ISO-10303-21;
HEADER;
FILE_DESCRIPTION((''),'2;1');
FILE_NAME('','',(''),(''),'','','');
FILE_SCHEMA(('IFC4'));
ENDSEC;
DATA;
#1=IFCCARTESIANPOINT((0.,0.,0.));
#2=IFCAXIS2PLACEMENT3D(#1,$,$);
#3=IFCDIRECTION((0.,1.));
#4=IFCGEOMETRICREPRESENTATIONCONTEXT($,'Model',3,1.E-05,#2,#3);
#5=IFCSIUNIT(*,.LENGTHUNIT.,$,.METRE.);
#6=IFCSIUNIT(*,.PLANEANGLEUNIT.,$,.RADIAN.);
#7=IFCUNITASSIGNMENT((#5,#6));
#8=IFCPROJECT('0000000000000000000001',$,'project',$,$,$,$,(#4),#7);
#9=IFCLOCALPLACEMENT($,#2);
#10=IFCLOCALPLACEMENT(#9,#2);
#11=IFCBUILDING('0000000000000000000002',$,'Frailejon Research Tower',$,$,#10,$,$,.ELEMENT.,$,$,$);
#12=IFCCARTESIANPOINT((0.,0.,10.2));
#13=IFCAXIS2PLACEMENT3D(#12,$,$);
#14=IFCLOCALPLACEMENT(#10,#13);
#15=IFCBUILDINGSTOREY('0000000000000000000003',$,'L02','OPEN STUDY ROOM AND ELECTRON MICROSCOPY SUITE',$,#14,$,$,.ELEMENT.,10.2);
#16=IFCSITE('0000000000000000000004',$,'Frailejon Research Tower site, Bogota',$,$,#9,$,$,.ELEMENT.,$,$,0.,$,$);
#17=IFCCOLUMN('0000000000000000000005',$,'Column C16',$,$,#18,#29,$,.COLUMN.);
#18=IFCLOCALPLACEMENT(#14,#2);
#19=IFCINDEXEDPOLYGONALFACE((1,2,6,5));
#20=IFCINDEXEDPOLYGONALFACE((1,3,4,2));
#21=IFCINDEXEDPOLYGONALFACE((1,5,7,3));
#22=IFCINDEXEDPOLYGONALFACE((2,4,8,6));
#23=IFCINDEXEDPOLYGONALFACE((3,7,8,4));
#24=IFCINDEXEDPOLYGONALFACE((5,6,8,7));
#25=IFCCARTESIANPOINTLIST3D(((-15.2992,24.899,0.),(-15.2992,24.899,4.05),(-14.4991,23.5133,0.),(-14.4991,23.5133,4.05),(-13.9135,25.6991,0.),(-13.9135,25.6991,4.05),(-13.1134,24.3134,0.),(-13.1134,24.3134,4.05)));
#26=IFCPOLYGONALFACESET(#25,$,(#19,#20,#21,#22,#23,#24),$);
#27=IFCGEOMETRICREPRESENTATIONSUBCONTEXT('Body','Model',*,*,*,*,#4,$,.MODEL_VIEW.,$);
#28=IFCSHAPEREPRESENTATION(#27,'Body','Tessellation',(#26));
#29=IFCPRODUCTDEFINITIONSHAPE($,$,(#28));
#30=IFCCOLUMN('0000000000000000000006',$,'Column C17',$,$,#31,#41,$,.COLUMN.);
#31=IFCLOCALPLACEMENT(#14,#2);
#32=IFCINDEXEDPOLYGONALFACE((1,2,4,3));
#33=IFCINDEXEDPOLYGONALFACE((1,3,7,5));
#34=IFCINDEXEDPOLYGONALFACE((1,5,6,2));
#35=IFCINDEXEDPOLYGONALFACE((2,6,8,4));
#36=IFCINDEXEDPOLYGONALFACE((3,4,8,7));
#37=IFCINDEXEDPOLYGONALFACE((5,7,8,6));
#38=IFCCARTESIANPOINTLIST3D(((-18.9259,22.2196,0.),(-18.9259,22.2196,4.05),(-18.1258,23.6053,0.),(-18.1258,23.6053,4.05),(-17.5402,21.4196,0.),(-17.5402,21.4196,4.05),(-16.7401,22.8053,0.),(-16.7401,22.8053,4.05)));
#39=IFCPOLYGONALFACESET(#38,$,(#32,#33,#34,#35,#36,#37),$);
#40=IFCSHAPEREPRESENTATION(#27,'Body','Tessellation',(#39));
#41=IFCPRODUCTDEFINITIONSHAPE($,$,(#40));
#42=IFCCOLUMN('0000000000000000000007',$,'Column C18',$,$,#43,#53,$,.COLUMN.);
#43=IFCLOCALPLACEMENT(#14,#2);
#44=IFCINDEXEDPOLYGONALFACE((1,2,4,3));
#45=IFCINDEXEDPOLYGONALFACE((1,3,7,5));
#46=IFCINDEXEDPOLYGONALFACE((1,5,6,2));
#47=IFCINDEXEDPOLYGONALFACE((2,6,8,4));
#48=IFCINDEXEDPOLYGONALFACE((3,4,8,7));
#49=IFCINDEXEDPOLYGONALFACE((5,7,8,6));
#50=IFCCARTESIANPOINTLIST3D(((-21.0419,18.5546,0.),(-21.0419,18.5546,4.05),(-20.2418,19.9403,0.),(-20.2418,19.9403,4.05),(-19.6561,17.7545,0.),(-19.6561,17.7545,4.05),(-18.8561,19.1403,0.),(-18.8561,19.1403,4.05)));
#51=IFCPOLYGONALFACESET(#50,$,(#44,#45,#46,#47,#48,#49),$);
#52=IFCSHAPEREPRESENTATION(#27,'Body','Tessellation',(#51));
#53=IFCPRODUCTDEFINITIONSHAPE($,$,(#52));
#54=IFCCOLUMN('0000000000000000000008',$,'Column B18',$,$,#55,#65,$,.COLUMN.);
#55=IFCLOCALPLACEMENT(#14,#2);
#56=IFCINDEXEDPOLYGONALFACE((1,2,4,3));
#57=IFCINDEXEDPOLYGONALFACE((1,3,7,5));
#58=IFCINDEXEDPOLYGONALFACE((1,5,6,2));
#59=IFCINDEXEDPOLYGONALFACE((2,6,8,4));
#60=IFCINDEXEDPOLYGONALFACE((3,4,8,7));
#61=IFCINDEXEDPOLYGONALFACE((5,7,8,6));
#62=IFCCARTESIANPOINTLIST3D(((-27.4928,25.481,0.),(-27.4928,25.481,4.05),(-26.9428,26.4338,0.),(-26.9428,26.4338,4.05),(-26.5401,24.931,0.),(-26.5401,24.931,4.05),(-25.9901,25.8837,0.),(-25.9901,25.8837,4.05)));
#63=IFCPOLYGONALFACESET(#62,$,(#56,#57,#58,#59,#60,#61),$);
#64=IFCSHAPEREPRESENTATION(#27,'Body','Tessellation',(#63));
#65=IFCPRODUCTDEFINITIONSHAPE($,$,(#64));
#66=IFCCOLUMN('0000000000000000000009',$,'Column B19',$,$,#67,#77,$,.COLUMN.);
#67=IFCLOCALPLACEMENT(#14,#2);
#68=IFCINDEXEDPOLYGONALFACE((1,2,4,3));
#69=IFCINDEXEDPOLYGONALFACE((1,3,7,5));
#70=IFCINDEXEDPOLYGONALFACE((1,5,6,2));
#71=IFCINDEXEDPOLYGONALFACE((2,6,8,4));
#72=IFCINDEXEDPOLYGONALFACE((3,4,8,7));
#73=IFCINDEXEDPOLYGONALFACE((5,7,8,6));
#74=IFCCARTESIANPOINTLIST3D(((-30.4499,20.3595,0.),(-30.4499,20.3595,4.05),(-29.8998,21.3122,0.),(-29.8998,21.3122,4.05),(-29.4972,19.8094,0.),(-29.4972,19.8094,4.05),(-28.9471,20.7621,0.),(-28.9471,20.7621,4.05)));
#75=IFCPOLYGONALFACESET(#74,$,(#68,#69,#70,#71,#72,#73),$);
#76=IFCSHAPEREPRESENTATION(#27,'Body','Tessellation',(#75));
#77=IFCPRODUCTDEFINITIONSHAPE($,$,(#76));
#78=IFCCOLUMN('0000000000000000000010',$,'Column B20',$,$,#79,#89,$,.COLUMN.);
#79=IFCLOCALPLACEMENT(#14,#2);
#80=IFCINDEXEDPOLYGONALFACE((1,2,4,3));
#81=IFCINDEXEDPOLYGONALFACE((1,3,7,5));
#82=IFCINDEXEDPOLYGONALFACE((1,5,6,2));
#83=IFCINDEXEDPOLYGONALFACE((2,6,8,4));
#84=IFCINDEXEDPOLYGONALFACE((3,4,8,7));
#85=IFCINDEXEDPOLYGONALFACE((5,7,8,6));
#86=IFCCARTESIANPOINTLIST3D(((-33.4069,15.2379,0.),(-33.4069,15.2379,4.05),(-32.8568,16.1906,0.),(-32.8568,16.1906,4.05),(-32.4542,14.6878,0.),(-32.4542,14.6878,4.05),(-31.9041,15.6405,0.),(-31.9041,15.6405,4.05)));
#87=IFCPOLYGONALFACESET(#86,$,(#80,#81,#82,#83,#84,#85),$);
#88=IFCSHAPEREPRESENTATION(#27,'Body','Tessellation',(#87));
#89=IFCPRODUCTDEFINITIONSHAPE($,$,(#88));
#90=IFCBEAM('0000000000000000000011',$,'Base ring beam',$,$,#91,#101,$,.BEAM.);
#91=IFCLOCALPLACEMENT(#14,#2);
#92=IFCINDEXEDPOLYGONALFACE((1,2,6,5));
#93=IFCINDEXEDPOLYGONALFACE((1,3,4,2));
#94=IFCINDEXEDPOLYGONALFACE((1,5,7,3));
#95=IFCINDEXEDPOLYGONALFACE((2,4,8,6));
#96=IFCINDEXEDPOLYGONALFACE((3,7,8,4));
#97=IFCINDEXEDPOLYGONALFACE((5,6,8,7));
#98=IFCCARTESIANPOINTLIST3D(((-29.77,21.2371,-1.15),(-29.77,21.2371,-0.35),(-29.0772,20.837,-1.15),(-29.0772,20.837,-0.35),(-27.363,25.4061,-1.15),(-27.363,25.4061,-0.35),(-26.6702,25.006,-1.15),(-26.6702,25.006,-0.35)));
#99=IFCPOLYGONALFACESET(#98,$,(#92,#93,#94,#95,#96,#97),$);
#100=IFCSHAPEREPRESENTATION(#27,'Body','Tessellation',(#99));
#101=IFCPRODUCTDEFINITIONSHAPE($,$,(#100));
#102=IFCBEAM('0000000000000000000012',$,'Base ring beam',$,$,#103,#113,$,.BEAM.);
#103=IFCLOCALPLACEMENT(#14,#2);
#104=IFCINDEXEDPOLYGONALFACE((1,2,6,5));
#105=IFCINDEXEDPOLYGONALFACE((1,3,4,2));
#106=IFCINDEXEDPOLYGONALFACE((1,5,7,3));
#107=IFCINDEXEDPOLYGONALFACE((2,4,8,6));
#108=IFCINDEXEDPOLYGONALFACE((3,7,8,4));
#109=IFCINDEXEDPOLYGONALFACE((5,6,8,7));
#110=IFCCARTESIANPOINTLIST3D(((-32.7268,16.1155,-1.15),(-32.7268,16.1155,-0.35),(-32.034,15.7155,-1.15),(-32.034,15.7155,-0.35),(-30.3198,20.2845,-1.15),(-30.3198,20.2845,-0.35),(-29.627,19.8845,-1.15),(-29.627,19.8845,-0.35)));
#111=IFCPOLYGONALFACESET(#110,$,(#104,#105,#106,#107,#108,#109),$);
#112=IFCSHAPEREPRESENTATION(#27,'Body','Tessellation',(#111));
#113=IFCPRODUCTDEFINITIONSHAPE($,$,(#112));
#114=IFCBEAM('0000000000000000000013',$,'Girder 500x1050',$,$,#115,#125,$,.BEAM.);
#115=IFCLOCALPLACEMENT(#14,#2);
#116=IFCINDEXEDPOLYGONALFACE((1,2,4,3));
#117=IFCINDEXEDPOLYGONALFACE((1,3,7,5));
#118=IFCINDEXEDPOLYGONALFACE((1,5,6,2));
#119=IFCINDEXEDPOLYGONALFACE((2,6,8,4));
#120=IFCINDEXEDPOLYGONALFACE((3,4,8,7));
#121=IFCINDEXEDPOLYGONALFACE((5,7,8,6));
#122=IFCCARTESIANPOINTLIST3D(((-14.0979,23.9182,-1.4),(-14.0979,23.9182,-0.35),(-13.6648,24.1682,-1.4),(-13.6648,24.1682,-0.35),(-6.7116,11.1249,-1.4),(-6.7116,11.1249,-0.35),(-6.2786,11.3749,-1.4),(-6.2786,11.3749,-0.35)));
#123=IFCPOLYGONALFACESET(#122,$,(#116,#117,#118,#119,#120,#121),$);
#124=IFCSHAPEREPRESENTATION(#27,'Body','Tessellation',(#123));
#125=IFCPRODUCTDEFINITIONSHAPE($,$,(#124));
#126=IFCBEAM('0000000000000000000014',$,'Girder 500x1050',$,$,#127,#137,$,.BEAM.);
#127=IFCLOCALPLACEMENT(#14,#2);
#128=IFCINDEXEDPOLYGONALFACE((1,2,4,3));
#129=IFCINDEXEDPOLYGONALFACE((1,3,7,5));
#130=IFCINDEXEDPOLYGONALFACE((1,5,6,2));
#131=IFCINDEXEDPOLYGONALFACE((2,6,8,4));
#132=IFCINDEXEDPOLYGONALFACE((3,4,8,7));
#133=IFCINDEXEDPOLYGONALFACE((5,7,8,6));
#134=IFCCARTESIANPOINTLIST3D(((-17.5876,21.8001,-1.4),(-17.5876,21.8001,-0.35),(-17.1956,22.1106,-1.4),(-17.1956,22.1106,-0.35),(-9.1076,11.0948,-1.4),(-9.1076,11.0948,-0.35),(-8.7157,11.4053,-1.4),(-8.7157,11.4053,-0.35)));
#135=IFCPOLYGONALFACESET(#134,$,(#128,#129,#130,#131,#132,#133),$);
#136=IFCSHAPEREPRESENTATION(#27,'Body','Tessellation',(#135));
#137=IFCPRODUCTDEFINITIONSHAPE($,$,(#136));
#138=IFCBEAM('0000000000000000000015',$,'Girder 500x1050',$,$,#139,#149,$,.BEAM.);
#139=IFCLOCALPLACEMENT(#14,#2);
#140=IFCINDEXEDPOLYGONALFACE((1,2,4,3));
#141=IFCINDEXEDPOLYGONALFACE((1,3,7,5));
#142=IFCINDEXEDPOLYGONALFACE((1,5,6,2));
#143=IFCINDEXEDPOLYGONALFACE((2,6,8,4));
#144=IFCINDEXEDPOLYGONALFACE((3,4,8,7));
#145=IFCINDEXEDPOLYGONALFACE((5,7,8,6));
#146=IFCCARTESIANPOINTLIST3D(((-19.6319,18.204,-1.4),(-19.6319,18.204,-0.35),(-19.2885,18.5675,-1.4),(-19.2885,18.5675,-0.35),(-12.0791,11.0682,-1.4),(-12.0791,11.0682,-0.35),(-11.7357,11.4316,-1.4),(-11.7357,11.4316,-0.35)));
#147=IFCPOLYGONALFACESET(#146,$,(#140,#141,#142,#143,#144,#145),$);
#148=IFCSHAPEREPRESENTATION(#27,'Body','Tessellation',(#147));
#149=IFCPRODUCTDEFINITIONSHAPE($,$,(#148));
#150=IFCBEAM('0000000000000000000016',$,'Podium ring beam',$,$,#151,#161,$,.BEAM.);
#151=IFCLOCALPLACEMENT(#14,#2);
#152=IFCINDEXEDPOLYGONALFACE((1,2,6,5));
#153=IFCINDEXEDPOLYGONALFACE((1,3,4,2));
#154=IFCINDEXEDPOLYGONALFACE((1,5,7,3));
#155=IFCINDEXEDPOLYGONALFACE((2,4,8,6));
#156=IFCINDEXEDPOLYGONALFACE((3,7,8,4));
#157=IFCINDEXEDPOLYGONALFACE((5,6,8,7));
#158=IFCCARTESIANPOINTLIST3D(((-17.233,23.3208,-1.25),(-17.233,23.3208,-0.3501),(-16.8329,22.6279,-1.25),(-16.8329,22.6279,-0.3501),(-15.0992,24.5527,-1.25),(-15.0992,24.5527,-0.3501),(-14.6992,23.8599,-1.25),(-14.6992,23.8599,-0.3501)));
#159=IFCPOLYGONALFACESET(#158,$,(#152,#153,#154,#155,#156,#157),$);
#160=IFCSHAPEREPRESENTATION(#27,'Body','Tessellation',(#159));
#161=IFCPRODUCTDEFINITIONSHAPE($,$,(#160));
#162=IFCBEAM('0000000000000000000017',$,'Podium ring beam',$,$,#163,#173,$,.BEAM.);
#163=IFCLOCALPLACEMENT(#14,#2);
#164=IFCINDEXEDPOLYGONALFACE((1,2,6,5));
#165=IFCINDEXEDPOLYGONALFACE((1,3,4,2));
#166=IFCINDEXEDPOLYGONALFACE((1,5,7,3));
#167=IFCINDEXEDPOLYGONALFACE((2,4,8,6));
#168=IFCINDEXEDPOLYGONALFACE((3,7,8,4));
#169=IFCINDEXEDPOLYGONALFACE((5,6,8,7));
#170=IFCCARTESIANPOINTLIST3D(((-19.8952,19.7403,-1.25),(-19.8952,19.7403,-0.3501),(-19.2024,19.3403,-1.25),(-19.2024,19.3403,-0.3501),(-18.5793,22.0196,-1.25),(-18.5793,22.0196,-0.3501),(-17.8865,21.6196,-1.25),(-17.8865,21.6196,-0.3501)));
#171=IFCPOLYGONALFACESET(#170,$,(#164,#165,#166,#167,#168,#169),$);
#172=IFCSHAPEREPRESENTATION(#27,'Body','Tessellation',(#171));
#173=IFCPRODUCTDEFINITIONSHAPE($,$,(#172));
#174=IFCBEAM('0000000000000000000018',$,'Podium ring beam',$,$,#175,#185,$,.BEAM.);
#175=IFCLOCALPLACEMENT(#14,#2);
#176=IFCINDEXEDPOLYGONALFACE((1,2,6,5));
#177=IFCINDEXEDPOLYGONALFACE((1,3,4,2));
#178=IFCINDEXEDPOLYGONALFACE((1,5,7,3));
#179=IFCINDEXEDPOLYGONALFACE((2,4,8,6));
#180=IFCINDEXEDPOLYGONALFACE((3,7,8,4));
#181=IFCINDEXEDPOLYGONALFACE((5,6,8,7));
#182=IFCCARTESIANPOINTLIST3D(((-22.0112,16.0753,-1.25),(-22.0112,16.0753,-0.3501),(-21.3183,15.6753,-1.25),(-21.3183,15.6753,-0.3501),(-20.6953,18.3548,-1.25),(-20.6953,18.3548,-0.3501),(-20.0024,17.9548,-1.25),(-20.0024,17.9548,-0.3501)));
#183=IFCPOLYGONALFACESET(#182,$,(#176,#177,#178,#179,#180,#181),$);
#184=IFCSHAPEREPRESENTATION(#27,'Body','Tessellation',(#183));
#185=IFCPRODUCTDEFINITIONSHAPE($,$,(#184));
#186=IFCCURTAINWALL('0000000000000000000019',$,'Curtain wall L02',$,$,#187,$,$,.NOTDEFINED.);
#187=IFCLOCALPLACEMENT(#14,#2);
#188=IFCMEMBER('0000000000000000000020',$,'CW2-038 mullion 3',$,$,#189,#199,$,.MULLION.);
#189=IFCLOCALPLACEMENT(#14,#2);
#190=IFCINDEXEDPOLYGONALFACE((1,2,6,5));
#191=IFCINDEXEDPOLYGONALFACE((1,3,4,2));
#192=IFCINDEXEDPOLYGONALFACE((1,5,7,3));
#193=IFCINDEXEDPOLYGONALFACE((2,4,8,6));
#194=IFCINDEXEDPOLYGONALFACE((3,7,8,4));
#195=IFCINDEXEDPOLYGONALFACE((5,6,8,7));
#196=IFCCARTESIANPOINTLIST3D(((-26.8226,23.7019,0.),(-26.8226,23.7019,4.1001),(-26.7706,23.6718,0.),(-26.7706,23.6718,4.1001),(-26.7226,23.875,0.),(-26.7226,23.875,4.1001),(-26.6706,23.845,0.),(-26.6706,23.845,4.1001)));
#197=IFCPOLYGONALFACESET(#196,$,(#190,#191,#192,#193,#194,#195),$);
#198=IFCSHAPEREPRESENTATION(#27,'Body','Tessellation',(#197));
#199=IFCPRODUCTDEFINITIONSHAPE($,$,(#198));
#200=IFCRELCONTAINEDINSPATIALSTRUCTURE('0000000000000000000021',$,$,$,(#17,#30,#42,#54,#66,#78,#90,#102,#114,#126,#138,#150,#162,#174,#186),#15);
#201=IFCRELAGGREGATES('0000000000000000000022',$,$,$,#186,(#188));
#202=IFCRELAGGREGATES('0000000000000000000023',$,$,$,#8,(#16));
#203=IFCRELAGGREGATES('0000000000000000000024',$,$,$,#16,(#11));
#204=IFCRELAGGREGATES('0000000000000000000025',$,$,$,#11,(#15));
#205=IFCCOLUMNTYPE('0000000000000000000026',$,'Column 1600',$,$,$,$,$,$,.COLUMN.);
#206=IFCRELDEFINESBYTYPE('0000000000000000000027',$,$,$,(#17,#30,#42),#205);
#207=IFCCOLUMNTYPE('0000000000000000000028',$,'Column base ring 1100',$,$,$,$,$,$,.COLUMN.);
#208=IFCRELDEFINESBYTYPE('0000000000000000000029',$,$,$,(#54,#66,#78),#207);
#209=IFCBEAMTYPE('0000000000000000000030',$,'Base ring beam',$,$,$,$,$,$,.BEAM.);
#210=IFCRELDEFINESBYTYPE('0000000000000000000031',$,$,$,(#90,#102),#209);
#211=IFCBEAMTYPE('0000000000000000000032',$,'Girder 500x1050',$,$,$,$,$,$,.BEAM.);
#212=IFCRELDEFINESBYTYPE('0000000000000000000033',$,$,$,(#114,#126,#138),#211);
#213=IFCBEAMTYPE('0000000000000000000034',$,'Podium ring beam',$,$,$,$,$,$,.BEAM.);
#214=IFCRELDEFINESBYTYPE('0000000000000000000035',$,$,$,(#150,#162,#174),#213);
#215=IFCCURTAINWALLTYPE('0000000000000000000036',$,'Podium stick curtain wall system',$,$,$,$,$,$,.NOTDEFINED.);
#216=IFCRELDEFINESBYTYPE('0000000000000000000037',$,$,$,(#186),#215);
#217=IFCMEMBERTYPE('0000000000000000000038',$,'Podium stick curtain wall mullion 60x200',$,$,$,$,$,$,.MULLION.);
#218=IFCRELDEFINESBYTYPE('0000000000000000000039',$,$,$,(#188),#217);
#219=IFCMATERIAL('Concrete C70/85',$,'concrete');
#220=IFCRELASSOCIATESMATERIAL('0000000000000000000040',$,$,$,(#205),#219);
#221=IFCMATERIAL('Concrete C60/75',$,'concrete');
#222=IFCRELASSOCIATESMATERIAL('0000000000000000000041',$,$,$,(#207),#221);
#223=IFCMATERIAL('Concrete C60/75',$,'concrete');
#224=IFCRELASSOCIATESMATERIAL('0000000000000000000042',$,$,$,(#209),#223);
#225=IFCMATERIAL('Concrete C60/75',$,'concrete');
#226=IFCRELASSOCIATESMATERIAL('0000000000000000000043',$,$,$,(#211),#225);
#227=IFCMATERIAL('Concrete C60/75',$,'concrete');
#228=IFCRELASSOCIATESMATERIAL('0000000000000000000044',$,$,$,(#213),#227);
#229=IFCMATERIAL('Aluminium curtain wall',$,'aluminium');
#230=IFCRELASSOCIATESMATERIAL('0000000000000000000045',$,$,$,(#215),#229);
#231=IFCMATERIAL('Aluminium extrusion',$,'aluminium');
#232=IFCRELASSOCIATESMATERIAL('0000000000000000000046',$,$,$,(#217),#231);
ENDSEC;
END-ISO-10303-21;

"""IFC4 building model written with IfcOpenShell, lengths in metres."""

from ifc_helpers import new_model, si_unit, direction, frame, origin, origin_2d, place, context, subcontext, project, spatial, rectangle, extrude, material, material_profile, profile_set, type_object, element, aggregate, save


model = new_model("IFC4")

# Units and contexts
model_context = context("Model", 3, precision=1e-05, world=origin(), true_north=direction((0.0, 1.0)))
body_context = subcontext(model_context, "Body", "Model", "MODEL_VIEW")
ifc_project = project(units=[si_unit("LENGTHUNIT", "METRE"), si_unit("PLANEANGLEUNIT", "RADIAN")], contexts=[model_context])

# Site, building, storey
site_placement = place(None, origin())
site = spatial("IfcSite", under=ifc_project, at=site_placement, Name="Frailejon Research Tower site, Bogota", CompositionType="ELEMENT", RefElevation=0.0)
building_placement = place(site_placement, origin())
building = spatial("IfcBuilding", under=site, at=building_placement, Name="Frailejon Research Tower", CompositionType="ELEMENT")
storey_placement = place(building_placement, frame((0.0, 0.0, 10.2)))
storey = spatial("IfcBuildingStorey", under=building, at=storey_placement, Name="L02", Description="OPEN STUDY ROOM AND ELECTRON MICROSCOPY SUITE", CompositionType="ELEMENT", Elevation=10.2)

# Columns
ifc_material_1 = material(Name="Concrete C70/85", Category="concrete")
ifc_material_profile_1 = material_profile(ifc_material_1, rectangle(XDim=1.6001, YDim=1.6001, at=origin_2d()), Name="Column 1600")
ifc_profile_set_1 = profile_set([ifc_material_profile_1], Name="Concrete C70/85")
column_type_1 = type_object("IfcColumnType", Name="Column 1600", PredefinedType="COLUMN", material=ifc_profile_set_1)
for number, where, z_axis, x_axis, name in (
    (1, (-14.2063, 24.6062, 0.0), (0.0, 0.0, 1.0), (-0.866025, -0.5, 0.0), "Column C16"),
    (2, (-17.833, 22.5125, 0.0), (0.0, 0.0, 1.0), (-0.5, -0.866025, 0.0), "Column C17"),
    (3, (-19.949, 18.8474, 0.0), (0.0, 0.0, 1.0), (-0.5, -0.866025, 0.0), "Column C18"),
):
    element("IfcColumn", number, at=place(storey_placement, frame(where, z_axis=z_axis, x_axis=x_axis)), inside=storey, type_object=column_type_1, Name=name, PredefinedType="COLUMN", context=body_context, shape_type="SweptSolid", body=[
        extrude(rectangle(XDim=1.6001, YDim=1.6001, at=origin_2d()), origin(), (0.0, 0.0, 1.0), 4.05),
    ])
ifc_material_2 = material(Name="Concrete C60/75", Category="concrete")
ifc_material_profile_2 = material_profile(ifc_material_2, rectangle(XDim=1.1001, YDim=1.1001, at=origin_2d()), Name="Column base ring 1100")
ifc_profile_set_2 = profile_set([ifc_material_profile_2], Name="Concrete C60/75")
column_type_2 = type_object("IfcColumnType", Name="Column base ring 1100", PredefinedType="COLUMN", material=ifc_profile_set_2)
for number, where, z_axis, x_axis, name in (
    (4, (-26.7415, 25.6824, 0.0), (0.0, 0.0, 1.0), (-0.5, -0.866025, 0.0), "Column B18"),
    (5, (-29.6985, 20.5608, 0.0), (0.0, 0.0, 1.0), (-0.5, -0.866025, 0.0), "Column B19"),
    (6, (-32.6555, 15.4392, 0.0), (0.0, 0.0, 1.0), (-0.5, -0.866025, 0.0), "Column B20"),
):
    element("IfcColumn", number, at=place(storey_placement, frame(where, z_axis=z_axis, x_axis=x_axis)), inside=storey, type_object=column_type_2, Name=name, PredefinedType="COLUMN", context=body_context, shape_type="SweptSolid", body=[
        extrude(rectangle(XDim=1.1001, YDim=1.1001, at=origin_2d()), origin(), (0.0, 0.0, 1.0), 4.05),
    ])

# Beams
ifc_material_3 = material(Name="Concrete C60/75", Category="concrete")
ifc_material_profile_3 = material_profile(ifc_material_3, rectangle(XDim=0.8, YDim=0.8, at=origin_2d()), Name="Base ring beam")
ifc_profile_set_3 = profile_set([ifc_material_profile_3], Name="Concrete C60/75")
beam_type_1 = type_object("IfcBeamType", Name="Base ring beam", PredefinedType="BEAM", material=ifc_profile_set_3)
for number, where, z_axis, x_axis, name in (
    (7, (-27.0166, 25.2061, -0.75), (-0.500006, -0.866022, 0.0), (0.866022, -0.500006, 0.0), "Base ring beam"),
    (8, (-29.9734, 20.0845, -0.75), (-0.500006, -0.866022, 0.0), (0.866022, -0.500006, 0.0), "Base ring beam"),
):
    element("IfcBeam", number, at=place(storey_placement, frame(where, z_axis=z_axis, x_axis=x_axis)), inside=storey, type_object=beam_type_1, Name=name, PredefinedType="BEAM", context=body_context, shape_type="SweptSolid", body=[
        extrude(rectangle(XDim=0.8, YDim=0.8, at=origin_2d()), origin(), (0.0, 0.0, 1.0), 4.814),
    ])
ifc_material_4 = material(Name="Concrete C60/75", Category="concrete")
ifc_material_profile_4 = material_profile(ifc_material_4, rectangle(XDim=0.5, YDim=1.05, at=origin_2d()), Name="Girder 500x1050")
ifc_profile_set_4 = profile_set([ifc_material_profile_4], Name="Concrete C60/75")
beam_type_2 = type_object("IfcBeamType", Name="Girder 500x1050", PredefinedType="BEAM", material=ifc_profile_set_4)
beam_1_placement = place(storey_placement, frame((-13.8813, 24.0432, -0.875), z_axis=(0.500003, -0.866023, 0.0), x_axis=(0.866023, 0.500003, 0.0)))
element("IfcBeam", 9, at=beam_1_placement, inside=storey, type_object=beam_type_2, Name="Girder 500x1050", PredefinedType="BEAM", context=body_context, shape_type="SweptSolid", body=[
    extrude(rectangle(XDim=0.5, YDim=1.05, at=origin_2d()), origin(), (0.0, 0.0, 1.0), 14.7725),
])
beam_2_placement = place(storey_placement, frame((-17.3916, 21.9553, -0.875), z_axis=(0.620925, -0.78387, 0.0), x_axis=(0.78387, 0.620925, 0.0)))
element("IfcBeam", 10, at=beam_2_placement, inside=storey, type_object=beam_type_2, Name="Girder 500x1050", PredefinedType="BEAM", context=body_context, shape_type="SweptSolid", body=[
    extrude(rectangle(XDim=0.5, YDim=1.05, at=origin_2d()), origin(), (0.0, 0.0, 1.0), 13.657),
])
beam_3_placement = place(storey_placement, frame((-19.4602, 18.3857, -0.875), z_axis=(0.726888, -0.686756, 0.0), x_axis=(0.686756, 0.726888, 0.0)))
element("IfcBeam", 11, at=beam_3_placement, inside=storey, type_object=beam_type_2, Name="Girder 500x1050", PredefinedType="BEAM", context=body_context, shape_type="SweptSolid", body=[
    extrude(rectangle(XDim=0.5, YDim=1.05, at=origin_2d()), origin(), (0.0, 0.0, 1.0), 10.3906),
])
ifc_material_5 = material(Name="Concrete C60/75", Category="concrete")
ifc_material_profile_5 = material_profile(ifc_material_5, rectangle(XDim=0.8, YDim=0.8999, at=origin_2d()), Name="Podium ring beam")
ifc_profile_set_5 = profile_set([ifc_material_profile_5], Name="Concrete C60/75")
beam_type_3 = type_object("IfcBeamType", Name="Podium ring beam", PredefinedType="BEAM", material=ifc_profile_set_5)
beam_4_placement = place(storey_placement, frame((-14.8992, 24.2063, -0.8), z_axis=(-0.866027, -0.499997, 0.0), x_axis=(0.499997, -0.866027, 0.0)))
element("IfcBeam", 12, at=beam_4_placement, inside=storey, type_object=beam_type_3, Name="Podium ring beam", PredefinedType="BEAM", context=body_context, shape_type="SweptSolid", body=[
    extrude(rectangle(XDim=0.8, YDim=0.8999, at=origin_2d()), origin(), (0.0, 0.0, 1.0), 2.4639),
])
beam_5_placement = place(storey_placement, frame((-18.2329, 21.8196, -0.8), z_axis=(-0.49999, -0.866031, 0.0), x_axis=(0.866031, -0.49999, 0.0)))
element("IfcBeam", 13, at=beam_5_placement, inside=storey, type_object=beam_type_3, Name="Podium ring beam", PredefinedType="BEAM", context=body_context, shape_type="SweptSolid", body=[
    extrude(rectangle(XDim=0.8, YDim=0.8999, at=origin_2d()), origin(), (0.0, 0.0, 1.0), 2.6318),
])
beam_6_placement = place(storey_placement, frame((-20.3489, 18.1548, -0.8), z_axis=(-0.49995, -0.866054, 0.0), x_axis=(0.866054, -0.49995, 0.0)))
element("IfcBeam", 14, at=beam_6_placement, inside=storey, type_object=beam_type_3, Name="Podium ring beam", PredefinedType="BEAM", context=body_context, shape_type="SweptSolid", body=[
    extrude(rectangle(XDim=0.8, YDim=0.8999, at=origin_2d()), origin(), (0.0, 0.0, 1.0), 2.6321),
])

# Curtain wall, member
ifc_material_6 = material(Name="Aluminium curtain wall", Category="aluminium")
curtain_wall_type = type_object("IfcCurtainWallType", Name="Podium stick curtain wall system", PredefinedType="NOTDEFINED", material=ifc_material_6)
curtain_wall_placement = place(storey_placement, origin())
curtain_wall = element("IfcCurtainWall", 15, at=curtain_wall_placement, inside=storey, type_object=curtain_wall_type, Name="Curtain wall L02", PredefinedType="NOTDEFINED")
ifc_material_7 = material(Name="Aluminium extrusion", Category="aluminium")
ifc_material_profile_6 = material_profile(ifc_material_7, rectangle(XDim=0.0601, YDim=0.2, at=origin_2d()), Name="Podium stick curtain wall mullion 60x200")
ifc_profile_set_6 = profile_set([ifc_material_profile_6], Name="Aluminium extrusion")
member_type_1 = type_object("IfcMemberType", Name="Podium stick curtain wall mullion 60x200", PredefinedType="MULLION", material=ifc_profile_set_6)
member_1_placement = place(storey_placement, frame((-26.7466, 23.7734, 0.0), z_axis=(0.0, 0.0, 1.0), x_axis=(0.866026, -0.499998, 0.0)))
member_1 = element("IfcMember", 16, at=member_1_placement, type_object=member_type_1, Name="CW2-038 mullion 3", PredefinedType="MULLION", context=body_context, shape_type="SweptSolid", body=[
    extrude(rectangle(XDim=0.0601, YDim=0.2, at=origin_2d()), origin(), (0.0, 0.0, 1.0), 4.1001),
])
aggregate(curtain_wall, [member_1])

save(model, "model.ifc")
